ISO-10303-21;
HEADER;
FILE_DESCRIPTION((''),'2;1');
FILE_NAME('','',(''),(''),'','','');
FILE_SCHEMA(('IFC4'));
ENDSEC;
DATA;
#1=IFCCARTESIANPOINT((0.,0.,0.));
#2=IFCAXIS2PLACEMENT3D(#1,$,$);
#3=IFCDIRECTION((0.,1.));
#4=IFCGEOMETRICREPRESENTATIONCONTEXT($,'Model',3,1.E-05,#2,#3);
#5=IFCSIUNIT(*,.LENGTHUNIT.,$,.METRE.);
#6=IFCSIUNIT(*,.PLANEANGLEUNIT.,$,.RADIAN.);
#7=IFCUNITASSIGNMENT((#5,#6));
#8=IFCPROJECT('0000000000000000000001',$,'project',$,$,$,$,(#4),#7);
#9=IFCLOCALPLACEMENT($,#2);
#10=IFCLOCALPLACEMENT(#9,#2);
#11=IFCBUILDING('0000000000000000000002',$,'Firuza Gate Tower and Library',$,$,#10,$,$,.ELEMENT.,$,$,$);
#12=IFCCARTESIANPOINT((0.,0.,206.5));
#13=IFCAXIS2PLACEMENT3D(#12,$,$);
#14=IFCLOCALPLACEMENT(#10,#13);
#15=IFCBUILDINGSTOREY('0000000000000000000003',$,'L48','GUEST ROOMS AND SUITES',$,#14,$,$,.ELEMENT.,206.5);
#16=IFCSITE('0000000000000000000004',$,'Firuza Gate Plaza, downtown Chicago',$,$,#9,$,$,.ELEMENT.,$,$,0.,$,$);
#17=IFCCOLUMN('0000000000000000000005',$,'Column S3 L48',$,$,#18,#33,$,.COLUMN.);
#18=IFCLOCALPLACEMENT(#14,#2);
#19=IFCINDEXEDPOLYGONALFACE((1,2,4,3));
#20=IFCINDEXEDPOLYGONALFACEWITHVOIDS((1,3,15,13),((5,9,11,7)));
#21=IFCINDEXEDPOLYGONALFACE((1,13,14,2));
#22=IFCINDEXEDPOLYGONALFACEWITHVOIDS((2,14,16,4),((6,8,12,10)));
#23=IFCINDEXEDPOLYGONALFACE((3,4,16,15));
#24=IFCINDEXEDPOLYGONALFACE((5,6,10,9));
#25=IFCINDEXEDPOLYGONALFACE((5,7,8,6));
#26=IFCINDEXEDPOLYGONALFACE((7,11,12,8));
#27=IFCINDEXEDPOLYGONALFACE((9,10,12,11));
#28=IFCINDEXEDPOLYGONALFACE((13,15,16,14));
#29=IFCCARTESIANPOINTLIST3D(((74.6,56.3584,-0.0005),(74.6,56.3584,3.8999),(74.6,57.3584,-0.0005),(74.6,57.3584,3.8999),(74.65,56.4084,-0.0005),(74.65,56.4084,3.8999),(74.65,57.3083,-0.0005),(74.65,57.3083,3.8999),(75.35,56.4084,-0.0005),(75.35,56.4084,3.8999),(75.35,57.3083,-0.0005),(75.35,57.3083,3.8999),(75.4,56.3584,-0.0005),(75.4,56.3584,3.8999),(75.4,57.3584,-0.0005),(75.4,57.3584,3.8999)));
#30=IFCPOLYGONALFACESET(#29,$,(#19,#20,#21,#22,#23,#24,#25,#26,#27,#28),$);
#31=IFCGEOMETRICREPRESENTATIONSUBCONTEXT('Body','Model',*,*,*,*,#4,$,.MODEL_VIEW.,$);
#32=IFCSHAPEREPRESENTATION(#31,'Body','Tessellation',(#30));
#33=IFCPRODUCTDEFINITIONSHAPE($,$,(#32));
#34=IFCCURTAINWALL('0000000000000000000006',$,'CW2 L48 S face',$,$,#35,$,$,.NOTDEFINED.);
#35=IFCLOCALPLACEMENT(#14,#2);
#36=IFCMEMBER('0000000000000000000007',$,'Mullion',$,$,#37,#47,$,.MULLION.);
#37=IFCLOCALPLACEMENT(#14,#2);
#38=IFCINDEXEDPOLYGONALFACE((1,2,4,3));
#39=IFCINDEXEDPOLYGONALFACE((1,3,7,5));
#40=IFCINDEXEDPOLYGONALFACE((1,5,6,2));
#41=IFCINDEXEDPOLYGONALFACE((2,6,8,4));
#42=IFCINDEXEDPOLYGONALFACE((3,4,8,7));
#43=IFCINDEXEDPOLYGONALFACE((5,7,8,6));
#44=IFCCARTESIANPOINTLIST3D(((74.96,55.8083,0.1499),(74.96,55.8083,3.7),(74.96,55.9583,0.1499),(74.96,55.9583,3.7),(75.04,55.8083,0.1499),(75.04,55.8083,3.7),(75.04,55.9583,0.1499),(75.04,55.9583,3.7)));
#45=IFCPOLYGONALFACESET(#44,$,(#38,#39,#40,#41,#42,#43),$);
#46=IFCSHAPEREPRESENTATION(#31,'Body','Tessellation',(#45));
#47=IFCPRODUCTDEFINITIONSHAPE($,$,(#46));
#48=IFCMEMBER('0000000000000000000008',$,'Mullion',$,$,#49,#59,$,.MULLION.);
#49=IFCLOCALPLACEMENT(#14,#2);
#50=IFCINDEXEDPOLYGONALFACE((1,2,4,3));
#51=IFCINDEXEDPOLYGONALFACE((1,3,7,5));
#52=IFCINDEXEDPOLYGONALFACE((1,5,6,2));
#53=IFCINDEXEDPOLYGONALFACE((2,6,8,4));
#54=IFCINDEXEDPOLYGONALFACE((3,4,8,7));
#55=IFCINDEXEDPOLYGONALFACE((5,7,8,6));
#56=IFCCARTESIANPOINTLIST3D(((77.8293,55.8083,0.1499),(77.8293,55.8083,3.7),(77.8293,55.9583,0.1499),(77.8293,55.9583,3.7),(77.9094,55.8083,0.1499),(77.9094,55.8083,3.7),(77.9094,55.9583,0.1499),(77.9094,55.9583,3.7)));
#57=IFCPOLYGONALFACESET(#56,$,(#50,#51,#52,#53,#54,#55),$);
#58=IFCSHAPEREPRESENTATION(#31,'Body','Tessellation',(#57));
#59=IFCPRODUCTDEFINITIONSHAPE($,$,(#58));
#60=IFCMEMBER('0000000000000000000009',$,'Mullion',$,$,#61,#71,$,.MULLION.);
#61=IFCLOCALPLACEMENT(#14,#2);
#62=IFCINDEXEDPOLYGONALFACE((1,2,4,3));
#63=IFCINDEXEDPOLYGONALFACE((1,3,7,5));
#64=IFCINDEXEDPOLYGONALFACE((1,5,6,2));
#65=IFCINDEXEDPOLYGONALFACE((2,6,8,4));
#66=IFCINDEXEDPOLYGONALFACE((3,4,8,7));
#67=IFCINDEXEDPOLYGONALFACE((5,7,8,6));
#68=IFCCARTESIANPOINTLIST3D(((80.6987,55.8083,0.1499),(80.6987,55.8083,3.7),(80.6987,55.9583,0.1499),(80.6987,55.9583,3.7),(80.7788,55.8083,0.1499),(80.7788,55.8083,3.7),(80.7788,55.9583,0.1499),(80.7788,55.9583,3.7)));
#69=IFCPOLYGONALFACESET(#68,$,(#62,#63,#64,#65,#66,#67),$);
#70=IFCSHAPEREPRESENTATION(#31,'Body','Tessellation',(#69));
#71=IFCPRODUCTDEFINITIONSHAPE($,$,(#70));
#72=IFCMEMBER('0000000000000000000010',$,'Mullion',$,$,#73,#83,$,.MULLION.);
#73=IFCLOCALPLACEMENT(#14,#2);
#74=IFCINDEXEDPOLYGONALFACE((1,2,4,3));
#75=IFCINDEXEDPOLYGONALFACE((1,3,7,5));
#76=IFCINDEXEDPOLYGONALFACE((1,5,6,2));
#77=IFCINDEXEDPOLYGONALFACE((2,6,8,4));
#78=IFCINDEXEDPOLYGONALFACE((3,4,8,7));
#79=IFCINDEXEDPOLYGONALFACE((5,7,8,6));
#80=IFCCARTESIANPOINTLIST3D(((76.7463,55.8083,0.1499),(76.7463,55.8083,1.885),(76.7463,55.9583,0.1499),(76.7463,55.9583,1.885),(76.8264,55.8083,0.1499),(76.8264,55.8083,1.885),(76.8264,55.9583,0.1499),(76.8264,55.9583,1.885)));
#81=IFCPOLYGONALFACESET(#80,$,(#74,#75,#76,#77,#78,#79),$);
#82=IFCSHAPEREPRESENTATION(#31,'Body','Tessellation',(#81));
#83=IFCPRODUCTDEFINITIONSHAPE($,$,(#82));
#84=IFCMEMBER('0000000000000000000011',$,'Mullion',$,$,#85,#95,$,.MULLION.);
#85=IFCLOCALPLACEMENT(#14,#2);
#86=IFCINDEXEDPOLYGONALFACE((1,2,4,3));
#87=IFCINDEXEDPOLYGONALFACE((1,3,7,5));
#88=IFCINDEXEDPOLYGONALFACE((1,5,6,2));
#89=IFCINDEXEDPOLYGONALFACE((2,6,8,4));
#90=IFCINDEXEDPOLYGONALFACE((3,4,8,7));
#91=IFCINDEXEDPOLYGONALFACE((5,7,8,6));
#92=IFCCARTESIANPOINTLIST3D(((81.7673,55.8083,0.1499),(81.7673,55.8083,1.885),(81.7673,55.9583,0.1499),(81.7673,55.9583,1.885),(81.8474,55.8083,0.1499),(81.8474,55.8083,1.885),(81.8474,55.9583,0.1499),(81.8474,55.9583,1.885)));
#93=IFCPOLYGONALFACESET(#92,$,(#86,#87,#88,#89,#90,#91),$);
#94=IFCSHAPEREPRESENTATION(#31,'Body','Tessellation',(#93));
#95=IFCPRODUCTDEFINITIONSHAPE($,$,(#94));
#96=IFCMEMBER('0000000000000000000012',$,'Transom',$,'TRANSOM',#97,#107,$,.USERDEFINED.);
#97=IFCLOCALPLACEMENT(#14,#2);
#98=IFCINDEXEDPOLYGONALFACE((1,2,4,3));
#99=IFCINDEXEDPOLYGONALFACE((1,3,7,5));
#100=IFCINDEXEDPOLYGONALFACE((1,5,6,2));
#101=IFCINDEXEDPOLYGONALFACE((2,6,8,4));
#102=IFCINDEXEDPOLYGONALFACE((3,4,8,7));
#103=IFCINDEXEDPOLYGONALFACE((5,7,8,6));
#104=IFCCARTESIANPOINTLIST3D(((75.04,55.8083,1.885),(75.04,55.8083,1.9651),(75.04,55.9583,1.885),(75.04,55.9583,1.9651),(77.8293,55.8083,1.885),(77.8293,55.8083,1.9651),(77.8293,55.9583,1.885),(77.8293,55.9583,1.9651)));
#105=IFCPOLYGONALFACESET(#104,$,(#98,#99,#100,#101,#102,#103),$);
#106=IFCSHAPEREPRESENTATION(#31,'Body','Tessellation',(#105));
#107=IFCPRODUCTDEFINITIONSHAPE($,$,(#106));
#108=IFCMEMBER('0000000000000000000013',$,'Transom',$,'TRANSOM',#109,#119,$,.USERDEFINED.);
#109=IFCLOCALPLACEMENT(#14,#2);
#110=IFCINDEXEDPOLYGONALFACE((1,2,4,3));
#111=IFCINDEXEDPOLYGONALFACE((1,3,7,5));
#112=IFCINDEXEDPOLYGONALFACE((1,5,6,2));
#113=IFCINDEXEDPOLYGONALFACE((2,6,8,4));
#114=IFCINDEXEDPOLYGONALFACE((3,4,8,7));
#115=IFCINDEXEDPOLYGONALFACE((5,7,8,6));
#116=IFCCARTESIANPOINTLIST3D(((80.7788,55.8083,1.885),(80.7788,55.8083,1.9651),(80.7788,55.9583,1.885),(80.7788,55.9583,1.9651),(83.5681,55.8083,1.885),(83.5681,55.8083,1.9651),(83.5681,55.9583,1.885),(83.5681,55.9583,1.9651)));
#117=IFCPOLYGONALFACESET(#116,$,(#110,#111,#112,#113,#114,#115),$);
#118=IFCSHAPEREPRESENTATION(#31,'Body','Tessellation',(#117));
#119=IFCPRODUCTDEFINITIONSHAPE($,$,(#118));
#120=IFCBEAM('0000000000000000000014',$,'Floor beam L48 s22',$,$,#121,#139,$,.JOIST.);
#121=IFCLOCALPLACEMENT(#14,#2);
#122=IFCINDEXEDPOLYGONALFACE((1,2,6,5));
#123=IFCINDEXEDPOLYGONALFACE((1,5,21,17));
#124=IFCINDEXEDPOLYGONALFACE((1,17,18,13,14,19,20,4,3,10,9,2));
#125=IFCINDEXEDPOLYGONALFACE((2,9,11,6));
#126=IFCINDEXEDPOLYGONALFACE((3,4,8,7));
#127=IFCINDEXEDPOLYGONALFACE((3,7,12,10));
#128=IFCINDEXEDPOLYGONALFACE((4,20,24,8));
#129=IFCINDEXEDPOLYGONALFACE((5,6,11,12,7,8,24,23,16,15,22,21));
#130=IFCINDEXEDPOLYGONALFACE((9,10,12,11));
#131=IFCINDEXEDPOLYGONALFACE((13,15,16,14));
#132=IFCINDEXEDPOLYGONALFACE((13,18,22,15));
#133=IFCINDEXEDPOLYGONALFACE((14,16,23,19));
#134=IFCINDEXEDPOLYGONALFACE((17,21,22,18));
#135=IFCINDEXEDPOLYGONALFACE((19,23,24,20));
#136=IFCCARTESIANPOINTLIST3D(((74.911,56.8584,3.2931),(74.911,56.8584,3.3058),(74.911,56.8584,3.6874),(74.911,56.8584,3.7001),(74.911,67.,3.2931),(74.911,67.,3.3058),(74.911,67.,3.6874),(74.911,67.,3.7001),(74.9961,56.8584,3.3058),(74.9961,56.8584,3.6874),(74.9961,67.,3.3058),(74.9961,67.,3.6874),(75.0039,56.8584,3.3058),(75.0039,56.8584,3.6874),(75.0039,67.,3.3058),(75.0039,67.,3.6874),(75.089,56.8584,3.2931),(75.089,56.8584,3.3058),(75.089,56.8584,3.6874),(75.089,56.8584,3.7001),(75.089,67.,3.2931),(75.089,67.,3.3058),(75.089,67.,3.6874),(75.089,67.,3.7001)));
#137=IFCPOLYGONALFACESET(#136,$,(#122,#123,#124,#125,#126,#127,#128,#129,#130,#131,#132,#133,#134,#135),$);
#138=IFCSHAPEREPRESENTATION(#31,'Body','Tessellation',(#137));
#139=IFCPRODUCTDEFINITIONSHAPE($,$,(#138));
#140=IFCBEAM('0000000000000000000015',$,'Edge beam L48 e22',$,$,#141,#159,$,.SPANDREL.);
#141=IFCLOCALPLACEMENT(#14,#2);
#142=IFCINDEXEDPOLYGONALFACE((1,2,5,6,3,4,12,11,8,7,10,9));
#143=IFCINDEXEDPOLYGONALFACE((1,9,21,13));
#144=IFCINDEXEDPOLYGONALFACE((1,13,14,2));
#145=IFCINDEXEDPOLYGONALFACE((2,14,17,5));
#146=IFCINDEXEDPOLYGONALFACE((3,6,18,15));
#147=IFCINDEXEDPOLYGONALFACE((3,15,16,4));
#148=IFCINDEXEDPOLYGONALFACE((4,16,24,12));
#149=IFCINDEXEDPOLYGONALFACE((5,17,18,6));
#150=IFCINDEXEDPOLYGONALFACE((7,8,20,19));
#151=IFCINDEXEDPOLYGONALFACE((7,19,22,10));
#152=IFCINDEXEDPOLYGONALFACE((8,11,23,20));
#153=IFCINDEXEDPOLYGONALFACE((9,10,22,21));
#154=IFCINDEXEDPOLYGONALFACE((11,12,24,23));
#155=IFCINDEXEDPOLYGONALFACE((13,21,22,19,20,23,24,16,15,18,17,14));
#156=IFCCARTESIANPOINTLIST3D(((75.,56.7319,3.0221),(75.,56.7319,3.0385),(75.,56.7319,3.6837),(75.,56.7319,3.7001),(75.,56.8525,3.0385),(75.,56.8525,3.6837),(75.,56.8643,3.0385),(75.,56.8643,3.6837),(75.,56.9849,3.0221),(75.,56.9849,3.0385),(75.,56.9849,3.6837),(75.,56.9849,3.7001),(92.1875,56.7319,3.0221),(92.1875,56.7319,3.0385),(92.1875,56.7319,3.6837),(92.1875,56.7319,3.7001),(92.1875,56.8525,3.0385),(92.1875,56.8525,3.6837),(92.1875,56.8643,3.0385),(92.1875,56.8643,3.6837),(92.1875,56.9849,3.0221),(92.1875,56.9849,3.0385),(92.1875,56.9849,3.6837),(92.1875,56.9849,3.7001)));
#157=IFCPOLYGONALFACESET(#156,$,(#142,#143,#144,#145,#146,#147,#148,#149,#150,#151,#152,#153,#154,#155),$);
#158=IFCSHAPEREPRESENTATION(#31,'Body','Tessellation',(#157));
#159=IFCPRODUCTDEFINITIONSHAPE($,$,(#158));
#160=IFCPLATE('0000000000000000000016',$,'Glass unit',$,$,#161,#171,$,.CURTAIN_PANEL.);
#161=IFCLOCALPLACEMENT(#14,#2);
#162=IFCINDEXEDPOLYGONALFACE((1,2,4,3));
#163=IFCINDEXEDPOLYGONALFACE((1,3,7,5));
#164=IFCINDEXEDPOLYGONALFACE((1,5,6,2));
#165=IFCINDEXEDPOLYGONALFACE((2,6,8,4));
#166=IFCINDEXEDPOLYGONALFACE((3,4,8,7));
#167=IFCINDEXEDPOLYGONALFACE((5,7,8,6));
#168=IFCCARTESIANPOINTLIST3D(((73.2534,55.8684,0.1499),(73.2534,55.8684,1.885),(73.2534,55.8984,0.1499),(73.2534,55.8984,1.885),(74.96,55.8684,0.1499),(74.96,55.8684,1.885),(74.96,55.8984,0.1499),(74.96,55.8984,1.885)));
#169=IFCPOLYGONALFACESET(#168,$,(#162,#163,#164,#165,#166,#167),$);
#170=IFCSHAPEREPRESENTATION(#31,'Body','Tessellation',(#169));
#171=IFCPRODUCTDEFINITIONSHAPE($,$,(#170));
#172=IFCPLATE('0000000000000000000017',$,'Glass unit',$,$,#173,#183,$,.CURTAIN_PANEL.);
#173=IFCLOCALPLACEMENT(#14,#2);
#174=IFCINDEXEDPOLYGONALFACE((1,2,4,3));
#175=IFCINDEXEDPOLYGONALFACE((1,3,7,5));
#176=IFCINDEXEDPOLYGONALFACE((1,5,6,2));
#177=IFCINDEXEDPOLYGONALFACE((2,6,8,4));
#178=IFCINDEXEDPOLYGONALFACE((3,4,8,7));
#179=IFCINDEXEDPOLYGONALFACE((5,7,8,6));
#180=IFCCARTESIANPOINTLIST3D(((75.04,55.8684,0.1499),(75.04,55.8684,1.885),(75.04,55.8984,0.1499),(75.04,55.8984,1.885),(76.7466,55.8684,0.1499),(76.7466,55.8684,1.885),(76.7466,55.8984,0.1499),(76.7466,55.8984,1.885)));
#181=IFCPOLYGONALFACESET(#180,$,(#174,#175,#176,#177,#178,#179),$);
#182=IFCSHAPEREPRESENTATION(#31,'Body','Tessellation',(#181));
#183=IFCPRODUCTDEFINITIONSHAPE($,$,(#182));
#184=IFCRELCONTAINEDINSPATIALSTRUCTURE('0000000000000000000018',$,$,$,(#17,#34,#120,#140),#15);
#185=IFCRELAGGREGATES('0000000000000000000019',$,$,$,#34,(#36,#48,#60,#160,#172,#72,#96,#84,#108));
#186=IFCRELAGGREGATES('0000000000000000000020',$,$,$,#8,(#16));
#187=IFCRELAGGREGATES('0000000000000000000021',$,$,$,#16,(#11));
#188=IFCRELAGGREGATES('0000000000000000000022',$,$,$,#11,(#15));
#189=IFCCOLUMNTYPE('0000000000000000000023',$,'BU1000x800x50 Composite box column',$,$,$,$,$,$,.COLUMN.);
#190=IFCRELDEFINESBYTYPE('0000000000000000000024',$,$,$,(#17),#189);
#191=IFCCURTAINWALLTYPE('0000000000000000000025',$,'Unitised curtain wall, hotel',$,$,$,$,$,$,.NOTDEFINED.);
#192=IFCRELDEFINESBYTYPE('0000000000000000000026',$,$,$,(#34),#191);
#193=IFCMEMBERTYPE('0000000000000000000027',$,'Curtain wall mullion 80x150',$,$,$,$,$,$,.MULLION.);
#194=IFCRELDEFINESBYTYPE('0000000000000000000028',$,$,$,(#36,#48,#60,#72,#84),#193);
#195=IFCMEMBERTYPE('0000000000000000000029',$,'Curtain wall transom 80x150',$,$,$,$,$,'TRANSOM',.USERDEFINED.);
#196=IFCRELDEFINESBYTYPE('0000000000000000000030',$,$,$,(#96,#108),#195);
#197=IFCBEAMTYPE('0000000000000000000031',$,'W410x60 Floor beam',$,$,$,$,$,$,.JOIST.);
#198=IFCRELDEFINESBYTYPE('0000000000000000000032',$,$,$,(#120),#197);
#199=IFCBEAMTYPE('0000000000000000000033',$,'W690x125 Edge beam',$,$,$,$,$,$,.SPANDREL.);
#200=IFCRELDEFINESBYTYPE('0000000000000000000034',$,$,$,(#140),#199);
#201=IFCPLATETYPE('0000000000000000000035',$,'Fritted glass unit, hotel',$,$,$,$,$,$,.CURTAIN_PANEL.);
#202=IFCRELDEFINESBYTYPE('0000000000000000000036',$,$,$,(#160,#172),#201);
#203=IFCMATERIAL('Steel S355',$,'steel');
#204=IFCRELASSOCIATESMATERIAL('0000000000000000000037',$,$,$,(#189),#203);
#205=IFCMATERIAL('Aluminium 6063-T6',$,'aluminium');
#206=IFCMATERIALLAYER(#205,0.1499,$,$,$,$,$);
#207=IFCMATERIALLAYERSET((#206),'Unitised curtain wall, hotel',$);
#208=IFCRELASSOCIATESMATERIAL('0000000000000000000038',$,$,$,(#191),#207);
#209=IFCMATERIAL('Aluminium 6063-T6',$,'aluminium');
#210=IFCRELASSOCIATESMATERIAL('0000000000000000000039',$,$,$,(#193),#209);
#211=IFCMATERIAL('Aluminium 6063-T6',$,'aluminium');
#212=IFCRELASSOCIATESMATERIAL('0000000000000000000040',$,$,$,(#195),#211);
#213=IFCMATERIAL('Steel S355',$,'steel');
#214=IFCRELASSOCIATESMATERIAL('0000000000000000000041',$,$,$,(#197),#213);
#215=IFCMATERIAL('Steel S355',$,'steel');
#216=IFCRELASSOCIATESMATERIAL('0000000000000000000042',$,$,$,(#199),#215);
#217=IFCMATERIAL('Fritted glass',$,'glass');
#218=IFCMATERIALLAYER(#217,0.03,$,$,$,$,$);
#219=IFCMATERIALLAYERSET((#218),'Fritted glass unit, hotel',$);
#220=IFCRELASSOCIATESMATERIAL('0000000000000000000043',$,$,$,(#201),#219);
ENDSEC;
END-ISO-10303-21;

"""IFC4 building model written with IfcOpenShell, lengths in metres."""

from ifc_helpers import new_model, si_unit, direction, frame, origin, origin_2d, place, context, subcontext, project, spatial, polyline, rectangle, hollow_rectangle, i_section, outline, extrude, material, layer, layer_set, material_profile, profile_set, type_object, element, aggregate, save


model = new_model("IFC4")

# Units and contexts
model_context = context("Model", 3, precision=1e-05, world=origin(), true_north=direction((0.0, 1.0)))
body_context = subcontext(model_context, "Body", "Model", "MODEL_VIEW")
ifc_project = project(units=[si_unit("LENGTHUNIT", "METRE"), si_unit("PLANEANGLEUNIT", "RADIAN")], contexts=[model_context])

# Site, building, storey
site_placement = place(None, origin())
site = spatial("IfcSite", under=ifc_project, at=site_placement, Name="Firuza Gate Plaza, downtown Chicago", CompositionType="ELEMENT", RefElevation=0.0)
building_placement = place(site_placement, origin())
building = spatial("IfcBuilding", under=site, at=building_placement, Name="Firuza Gate Tower and Library", CompositionType="ELEMENT")
storey_placement = place(building_placement, frame((0.0, 0.0, 206.5)))
storey = spatial("IfcBuildingStorey", under=building, at=storey_placement, Name="L48", Description="GUEST ROOMS AND SUITES", CompositionType="ELEMENT", Elevation=206.5)

# Column
ifc_material_1 = material(Name="Steel S355", Category="steel")
ifc_material_profile_1 = material_profile(ifc_material_1, hollow_rectangle(XDim=0.8, YDim=1.0, WallThickness=0.05, at=origin_2d()))
ifc_profile_set_1 = profile_set([ifc_material_profile_1], Name="Steel S355")
column_type = type_object("IfcColumnType", Name="BU1000x800x50 Composite box column", PredefinedType="COLUMN", material=ifc_profile_set_1)
column_placement = place(storey_placement, frame((75.0, 56.8584, -0.0005), z_axis=(0.0, 0.0, 1.0), x_axis=(1.0, 0.0, 0.0)))
element("IfcColumn", 1, at=column_placement, inside=storey, type_object=column_type, Name="Column S3 L48", PredefinedType="COLUMN", context=body_context, shape_type="SweptSolid", body=[
    extrude(hollow_rectangle(XDim=0.8, YDim=1.0, WallThickness=0.05, at=origin_2d()), origin(), (0.0, 0.0, 1.0), 3.9004),
])

# Curtain wall, members
ifc_material_2 = material(Name="Aluminium 6063-T6", Category="aluminium")
ifc_layer_1 = layer(ifc_material_2, 0.1499)
ifc_layer_set_1 = layer_set([ifc_layer_1], Name="Unitised curtain wall, hotel")
curtain_wall_type = type_object("IfcCurtainWallType", Name="Unitised curtain wall, hotel", PredefinedType="NOTDEFINED", material=ifc_layer_set_1)
curtain_wall_placement = place(storey_placement, origin())
curtain_wall = element("IfcCurtainWall", 2, at=curtain_wall_placement, inside=storey, type_object=curtain_wall_type, Name="CW2 L48 S face", PredefinedType="NOTDEFINED")
ifc_material_3 = material(Name="Aluminium 6063-T6", Category="aluminium")
ifc_material_profile_2 = material_profile(ifc_material_3, rectangle(XDim=0.1499, YDim=0.0801, at=origin_2d()))
ifc_profile_set_2 = profile_set([ifc_material_profile_2], Name="Aluminium 6063-T6")
member_type_1 = type_object("IfcMemberType", Name="Curtain wall mullion 80x150", PredefinedType="MULLION", material=ifc_profile_set_2)
member_1_placement = place(storey_placement, frame((75.0, 55.8833, 0.1499), z_axis=(0.0, 0.0, 1.0), x_axis=(0.0, 1.0, 0.0)))
member_1 = element("IfcMember", 3, at=member_1_placement, type_object=member_type_1, Name="Mullion", PredefinedType="MULLION", context=body_context, shape_type="SweptSolid", body=[
    extrude(rectangle(XDim=0.1499, YDim=0.0801, at=origin_2d()), origin(), (0.0, 0.0, 1.0), 3.55),
])
member_2_placement = place(storey_placement, frame((77.8694, 55.8833, 0.1499), z_axis=(0.0, 0.0, 1.0), x_axis=(0.0, 1.0, 0.0)))
member_2 = element("IfcMember", 4, at=member_2_placement, type_object=member_type_1, Name="Mullion", PredefinedType="MULLION", context=body_context, shape_type="SweptSolid", body=[
    extrude(rectangle(XDim=0.1499, YDim=0.0801, at=origin_2d()), origin(), (0.0, 0.0, 1.0), 3.55),
])
member_3_placement = place(storey_placement, frame((80.7388, 55.8833, 0.1499), z_axis=(0.0, 0.0, 1.0), x_axis=(0.0, 1.0, 0.0)))
member_3 = element("IfcMember", 5, at=member_3_placement, type_object=member_type_1, Name="Mullion", PredefinedType="MULLION", context=body_context, shape_type="SweptSolid", body=[
    extrude(rectangle(XDim=0.1499, YDim=0.0801, at=origin_2d()), origin(), (0.0, 0.0, 1.0), 3.55),
])
member_4_placement = place(storey_placement, frame((76.7864, 55.8833, 0.1499), z_axis=(0.0, 0.0, 1.0), x_axis=(0.0, 1.0, 0.0)))
member_4 = element("IfcMember", 6, at=member_4_placement, type_object=member_type_1, Name="Mullion", PredefinedType="MULLION", context=body_context, shape_type="SweptSolid", body=[
    extrude(rectangle(XDim=0.1499, YDim=0.0801, at=origin_2d()), origin(), (0.0, 0.0, 1.0), 1.7351),
])
member_5_placement = place(storey_placement, frame((81.8074, 55.8833, 0.1499), z_axis=(0.0, 0.0, 1.0), x_axis=(0.0, 1.0, 0.0)))
member_5 = element("IfcMember", 7, at=member_5_placement, type_object=member_type_1, Name="Mullion", PredefinedType="MULLION", context=body_context, shape_type="SweptSolid", body=[
    extrude(rectangle(XDim=0.1499, YDim=0.0801, at=origin_2d()), origin(), (0.0, 0.0, 1.0), 1.7351),
])
ifc_material_4 = material(Name="Aluminium 6063-T6", Category="aluminium")
ifc_material_profile_3 = material_profile(ifc_material_4, rectangle(XDim=0.1499, YDim=0.0801, at=origin_2d()))
ifc_profile_set_3 = profile_set([ifc_material_profile_3], Name="Aluminium 6063-T6")
member_type_2 = type_object("IfcMemberType", Name="Curtain wall transom 80x150", ElementType="TRANSOM", PredefinedType="USERDEFINED", material=ifc_profile_set_3)
member_6_placement = place(storey_placement, frame((75.04, 55.8833, 1.925), z_axis=(1.0, 0.0, 0.0), x_axis=(0.0, 1.0, 0.0)))
member_6 = element("IfcMember", 8, at=member_6_placement, type_object=member_type_2, Name="Transom", ObjectType="TRANSOM", PredefinedType="USERDEFINED", context=body_context, shape_type="SweptSolid", body=[
    extrude(rectangle(XDim=0.1499, YDim=0.0801, at=origin_2d()), origin(), (0.0, 0.0, 1.0), 2.7893),
])
member_7_placement = place(storey_placement, frame((80.7788, 55.8833, 1.925), z_axis=(1.0, 0.0, 0.0), x_axis=(0.0, 1.0, 0.0)))
member_7 = element("IfcMember", 9, at=member_7_placement, type_object=member_type_2, Name="Transom", ObjectType="TRANSOM", PredefinedType="USERDEFINED", context=body_context, shape_type="SweptSolid", body=[
    extrude(rectangle(XDim=0.1499, YDim=0.0801, at=origin_2d()), origin(), (0.0, 0.0, 1.0), 2.7893),
])

# Beams
ifc_material_5 = material(Name="Steel S355", Category="steel")
ifc_material_profile_4 = material_profile(ifc_material_5, i_section(OverallWidth=0.178, OverallDepth=0.407, WebThickness=0.0078, FlangeThickness=0.0127, at=origin_2d()))
ifc_profile_set_4 = profile_set([ifc_material_profile_4], Name="Steel S355")
beam_type_1 = type_object("IfcBeamType", Name="W410x60 Floor beam", PredefinedType="JOIST", material=ifc_profile_set_4)
beam_1_placement = place(storey_placement, frame((75.0, 56.8584, 3.4966), z_axis=(0.0, 1.0, 0.0), x_axis=(-1.0, 0.0, 0.0)))
element("IfcBeam", 10, at=beam_1_placement, inside=storey, type_object=beam_type_1, Name="Floor beam L48 s22", PredefinedType="JOIST", context=body_context, shape_type="SweptSolid", body=[
    extrude(i_section(OverallWidth=0.178, OverallDepth=0.407, WebThickness=0.0078, FlangeThickness=0.0127, at=origin_2d()), origin(), (0.0, 0.0, 1.0), 10.1416),
])
ifc_material_6 = material(Name="Steel S355", Category="steel")
ifc_material_profile_5 = material_profile(ifc_material_6, i_section(OverallWidth=0.2529, OverallDepth=0.678, WebThickness=0.0117, FlangeThickness=0.0164, at=origin_2d()))
ifc_profile_set_5 = profile_set([ifc_material_profile_5], Name="Steel S355")
beam_type_2 = type_object("IfcBeamType", Name="W690x125 Edge beam", PredefinedType="SPANDREL", material=ifc_profile_set_5)
beam_2_placement = place(storey_placement, frame((75.0, 56.8584, 3.3611), z_axis=(1.0, 0.0, 0.0), x_axis=(0.0, 1.0, 0.0)))
element("IfcBeam", 11, at=beam_2_placement, inside=storey, type_object=beam_type_2, Name="Edge beam L48 e22", PredefinedType="SPANDREL", context=body_context, shape_type="SweptSolid", body=[
    extrude(i_section(OverallWidth=0.2529, OverallDepth=0.678, WebThickness=0.0117, FlangeThickness=0.0164, at=origin_2d()), origin(), (0.0, 0.0, 1.0), 17.1875),
])

# Plates
ifc_material_7 = material(Name="Fritted glass", Category="glass")
ifc_layer_2 = layer(ifc_material_7, 0.03)
ifc_layer_set_2 = layer_set([ifc_layer_2], Name="Fritted glass unit, hotel")
plate_type_1 = type_object("IfcPlateType", Name="Fritted glass unit, hotel", PredefinedType="CURTAIN_PANEL", material=ifc_layer_set_2)
plate_1_placement = place(storey_placement, frame((73.2534, 55.8684, 0.1499), z_axis=(0.0, -1.0, 0.0), x_axis=(1.0, 0.0, 0.0)))
plate_1 = element("IfcPlate", 12, at=plate_1_placement, type_object=plate_type_1, Name="Glass unit", PredefinedType="CURTAIN_PANEL", context=body_context, shape_type="SweptSolid", body=[
    extrude(outline(polyline([(0.0, 0.0), (1.7065, 0.0), (1.7065, 1.7351), (0.0, 1.7351), (0.0, 0.0)])), origin(), (0.0, 0.0, -1.0), 0.03),
])
plate_2_placement = place(storey_placement, frame((75.04, 55.8684, 0.1499), z_axis=(0.0, -1.0, 0.0), x_axis=(1.0, 0.0, 0.0)))
plate_2 = element("IfcPlate", 13, at=plate_2_placement, type_object=plate_type_1, Name="Glass unit", PredefinedType="CURTAIN_PANEL", context=body_context, shape_type="SweptSolid", body=[
    extrude(outline(polyline([(0.0, 0.0), (1.7065, 0.0), (1.7065, 1.7351), (0.0, 1.7351), (0.0, 0.0)])), origin(), (0.0, 0.0, -1.0), 0.03),
])
aggregate(curtain_wall, [member_1, member_2, member_3, plate_1, plate_2, member_4, member_6, member_5, member_7])

save(model, "model.ifc")
